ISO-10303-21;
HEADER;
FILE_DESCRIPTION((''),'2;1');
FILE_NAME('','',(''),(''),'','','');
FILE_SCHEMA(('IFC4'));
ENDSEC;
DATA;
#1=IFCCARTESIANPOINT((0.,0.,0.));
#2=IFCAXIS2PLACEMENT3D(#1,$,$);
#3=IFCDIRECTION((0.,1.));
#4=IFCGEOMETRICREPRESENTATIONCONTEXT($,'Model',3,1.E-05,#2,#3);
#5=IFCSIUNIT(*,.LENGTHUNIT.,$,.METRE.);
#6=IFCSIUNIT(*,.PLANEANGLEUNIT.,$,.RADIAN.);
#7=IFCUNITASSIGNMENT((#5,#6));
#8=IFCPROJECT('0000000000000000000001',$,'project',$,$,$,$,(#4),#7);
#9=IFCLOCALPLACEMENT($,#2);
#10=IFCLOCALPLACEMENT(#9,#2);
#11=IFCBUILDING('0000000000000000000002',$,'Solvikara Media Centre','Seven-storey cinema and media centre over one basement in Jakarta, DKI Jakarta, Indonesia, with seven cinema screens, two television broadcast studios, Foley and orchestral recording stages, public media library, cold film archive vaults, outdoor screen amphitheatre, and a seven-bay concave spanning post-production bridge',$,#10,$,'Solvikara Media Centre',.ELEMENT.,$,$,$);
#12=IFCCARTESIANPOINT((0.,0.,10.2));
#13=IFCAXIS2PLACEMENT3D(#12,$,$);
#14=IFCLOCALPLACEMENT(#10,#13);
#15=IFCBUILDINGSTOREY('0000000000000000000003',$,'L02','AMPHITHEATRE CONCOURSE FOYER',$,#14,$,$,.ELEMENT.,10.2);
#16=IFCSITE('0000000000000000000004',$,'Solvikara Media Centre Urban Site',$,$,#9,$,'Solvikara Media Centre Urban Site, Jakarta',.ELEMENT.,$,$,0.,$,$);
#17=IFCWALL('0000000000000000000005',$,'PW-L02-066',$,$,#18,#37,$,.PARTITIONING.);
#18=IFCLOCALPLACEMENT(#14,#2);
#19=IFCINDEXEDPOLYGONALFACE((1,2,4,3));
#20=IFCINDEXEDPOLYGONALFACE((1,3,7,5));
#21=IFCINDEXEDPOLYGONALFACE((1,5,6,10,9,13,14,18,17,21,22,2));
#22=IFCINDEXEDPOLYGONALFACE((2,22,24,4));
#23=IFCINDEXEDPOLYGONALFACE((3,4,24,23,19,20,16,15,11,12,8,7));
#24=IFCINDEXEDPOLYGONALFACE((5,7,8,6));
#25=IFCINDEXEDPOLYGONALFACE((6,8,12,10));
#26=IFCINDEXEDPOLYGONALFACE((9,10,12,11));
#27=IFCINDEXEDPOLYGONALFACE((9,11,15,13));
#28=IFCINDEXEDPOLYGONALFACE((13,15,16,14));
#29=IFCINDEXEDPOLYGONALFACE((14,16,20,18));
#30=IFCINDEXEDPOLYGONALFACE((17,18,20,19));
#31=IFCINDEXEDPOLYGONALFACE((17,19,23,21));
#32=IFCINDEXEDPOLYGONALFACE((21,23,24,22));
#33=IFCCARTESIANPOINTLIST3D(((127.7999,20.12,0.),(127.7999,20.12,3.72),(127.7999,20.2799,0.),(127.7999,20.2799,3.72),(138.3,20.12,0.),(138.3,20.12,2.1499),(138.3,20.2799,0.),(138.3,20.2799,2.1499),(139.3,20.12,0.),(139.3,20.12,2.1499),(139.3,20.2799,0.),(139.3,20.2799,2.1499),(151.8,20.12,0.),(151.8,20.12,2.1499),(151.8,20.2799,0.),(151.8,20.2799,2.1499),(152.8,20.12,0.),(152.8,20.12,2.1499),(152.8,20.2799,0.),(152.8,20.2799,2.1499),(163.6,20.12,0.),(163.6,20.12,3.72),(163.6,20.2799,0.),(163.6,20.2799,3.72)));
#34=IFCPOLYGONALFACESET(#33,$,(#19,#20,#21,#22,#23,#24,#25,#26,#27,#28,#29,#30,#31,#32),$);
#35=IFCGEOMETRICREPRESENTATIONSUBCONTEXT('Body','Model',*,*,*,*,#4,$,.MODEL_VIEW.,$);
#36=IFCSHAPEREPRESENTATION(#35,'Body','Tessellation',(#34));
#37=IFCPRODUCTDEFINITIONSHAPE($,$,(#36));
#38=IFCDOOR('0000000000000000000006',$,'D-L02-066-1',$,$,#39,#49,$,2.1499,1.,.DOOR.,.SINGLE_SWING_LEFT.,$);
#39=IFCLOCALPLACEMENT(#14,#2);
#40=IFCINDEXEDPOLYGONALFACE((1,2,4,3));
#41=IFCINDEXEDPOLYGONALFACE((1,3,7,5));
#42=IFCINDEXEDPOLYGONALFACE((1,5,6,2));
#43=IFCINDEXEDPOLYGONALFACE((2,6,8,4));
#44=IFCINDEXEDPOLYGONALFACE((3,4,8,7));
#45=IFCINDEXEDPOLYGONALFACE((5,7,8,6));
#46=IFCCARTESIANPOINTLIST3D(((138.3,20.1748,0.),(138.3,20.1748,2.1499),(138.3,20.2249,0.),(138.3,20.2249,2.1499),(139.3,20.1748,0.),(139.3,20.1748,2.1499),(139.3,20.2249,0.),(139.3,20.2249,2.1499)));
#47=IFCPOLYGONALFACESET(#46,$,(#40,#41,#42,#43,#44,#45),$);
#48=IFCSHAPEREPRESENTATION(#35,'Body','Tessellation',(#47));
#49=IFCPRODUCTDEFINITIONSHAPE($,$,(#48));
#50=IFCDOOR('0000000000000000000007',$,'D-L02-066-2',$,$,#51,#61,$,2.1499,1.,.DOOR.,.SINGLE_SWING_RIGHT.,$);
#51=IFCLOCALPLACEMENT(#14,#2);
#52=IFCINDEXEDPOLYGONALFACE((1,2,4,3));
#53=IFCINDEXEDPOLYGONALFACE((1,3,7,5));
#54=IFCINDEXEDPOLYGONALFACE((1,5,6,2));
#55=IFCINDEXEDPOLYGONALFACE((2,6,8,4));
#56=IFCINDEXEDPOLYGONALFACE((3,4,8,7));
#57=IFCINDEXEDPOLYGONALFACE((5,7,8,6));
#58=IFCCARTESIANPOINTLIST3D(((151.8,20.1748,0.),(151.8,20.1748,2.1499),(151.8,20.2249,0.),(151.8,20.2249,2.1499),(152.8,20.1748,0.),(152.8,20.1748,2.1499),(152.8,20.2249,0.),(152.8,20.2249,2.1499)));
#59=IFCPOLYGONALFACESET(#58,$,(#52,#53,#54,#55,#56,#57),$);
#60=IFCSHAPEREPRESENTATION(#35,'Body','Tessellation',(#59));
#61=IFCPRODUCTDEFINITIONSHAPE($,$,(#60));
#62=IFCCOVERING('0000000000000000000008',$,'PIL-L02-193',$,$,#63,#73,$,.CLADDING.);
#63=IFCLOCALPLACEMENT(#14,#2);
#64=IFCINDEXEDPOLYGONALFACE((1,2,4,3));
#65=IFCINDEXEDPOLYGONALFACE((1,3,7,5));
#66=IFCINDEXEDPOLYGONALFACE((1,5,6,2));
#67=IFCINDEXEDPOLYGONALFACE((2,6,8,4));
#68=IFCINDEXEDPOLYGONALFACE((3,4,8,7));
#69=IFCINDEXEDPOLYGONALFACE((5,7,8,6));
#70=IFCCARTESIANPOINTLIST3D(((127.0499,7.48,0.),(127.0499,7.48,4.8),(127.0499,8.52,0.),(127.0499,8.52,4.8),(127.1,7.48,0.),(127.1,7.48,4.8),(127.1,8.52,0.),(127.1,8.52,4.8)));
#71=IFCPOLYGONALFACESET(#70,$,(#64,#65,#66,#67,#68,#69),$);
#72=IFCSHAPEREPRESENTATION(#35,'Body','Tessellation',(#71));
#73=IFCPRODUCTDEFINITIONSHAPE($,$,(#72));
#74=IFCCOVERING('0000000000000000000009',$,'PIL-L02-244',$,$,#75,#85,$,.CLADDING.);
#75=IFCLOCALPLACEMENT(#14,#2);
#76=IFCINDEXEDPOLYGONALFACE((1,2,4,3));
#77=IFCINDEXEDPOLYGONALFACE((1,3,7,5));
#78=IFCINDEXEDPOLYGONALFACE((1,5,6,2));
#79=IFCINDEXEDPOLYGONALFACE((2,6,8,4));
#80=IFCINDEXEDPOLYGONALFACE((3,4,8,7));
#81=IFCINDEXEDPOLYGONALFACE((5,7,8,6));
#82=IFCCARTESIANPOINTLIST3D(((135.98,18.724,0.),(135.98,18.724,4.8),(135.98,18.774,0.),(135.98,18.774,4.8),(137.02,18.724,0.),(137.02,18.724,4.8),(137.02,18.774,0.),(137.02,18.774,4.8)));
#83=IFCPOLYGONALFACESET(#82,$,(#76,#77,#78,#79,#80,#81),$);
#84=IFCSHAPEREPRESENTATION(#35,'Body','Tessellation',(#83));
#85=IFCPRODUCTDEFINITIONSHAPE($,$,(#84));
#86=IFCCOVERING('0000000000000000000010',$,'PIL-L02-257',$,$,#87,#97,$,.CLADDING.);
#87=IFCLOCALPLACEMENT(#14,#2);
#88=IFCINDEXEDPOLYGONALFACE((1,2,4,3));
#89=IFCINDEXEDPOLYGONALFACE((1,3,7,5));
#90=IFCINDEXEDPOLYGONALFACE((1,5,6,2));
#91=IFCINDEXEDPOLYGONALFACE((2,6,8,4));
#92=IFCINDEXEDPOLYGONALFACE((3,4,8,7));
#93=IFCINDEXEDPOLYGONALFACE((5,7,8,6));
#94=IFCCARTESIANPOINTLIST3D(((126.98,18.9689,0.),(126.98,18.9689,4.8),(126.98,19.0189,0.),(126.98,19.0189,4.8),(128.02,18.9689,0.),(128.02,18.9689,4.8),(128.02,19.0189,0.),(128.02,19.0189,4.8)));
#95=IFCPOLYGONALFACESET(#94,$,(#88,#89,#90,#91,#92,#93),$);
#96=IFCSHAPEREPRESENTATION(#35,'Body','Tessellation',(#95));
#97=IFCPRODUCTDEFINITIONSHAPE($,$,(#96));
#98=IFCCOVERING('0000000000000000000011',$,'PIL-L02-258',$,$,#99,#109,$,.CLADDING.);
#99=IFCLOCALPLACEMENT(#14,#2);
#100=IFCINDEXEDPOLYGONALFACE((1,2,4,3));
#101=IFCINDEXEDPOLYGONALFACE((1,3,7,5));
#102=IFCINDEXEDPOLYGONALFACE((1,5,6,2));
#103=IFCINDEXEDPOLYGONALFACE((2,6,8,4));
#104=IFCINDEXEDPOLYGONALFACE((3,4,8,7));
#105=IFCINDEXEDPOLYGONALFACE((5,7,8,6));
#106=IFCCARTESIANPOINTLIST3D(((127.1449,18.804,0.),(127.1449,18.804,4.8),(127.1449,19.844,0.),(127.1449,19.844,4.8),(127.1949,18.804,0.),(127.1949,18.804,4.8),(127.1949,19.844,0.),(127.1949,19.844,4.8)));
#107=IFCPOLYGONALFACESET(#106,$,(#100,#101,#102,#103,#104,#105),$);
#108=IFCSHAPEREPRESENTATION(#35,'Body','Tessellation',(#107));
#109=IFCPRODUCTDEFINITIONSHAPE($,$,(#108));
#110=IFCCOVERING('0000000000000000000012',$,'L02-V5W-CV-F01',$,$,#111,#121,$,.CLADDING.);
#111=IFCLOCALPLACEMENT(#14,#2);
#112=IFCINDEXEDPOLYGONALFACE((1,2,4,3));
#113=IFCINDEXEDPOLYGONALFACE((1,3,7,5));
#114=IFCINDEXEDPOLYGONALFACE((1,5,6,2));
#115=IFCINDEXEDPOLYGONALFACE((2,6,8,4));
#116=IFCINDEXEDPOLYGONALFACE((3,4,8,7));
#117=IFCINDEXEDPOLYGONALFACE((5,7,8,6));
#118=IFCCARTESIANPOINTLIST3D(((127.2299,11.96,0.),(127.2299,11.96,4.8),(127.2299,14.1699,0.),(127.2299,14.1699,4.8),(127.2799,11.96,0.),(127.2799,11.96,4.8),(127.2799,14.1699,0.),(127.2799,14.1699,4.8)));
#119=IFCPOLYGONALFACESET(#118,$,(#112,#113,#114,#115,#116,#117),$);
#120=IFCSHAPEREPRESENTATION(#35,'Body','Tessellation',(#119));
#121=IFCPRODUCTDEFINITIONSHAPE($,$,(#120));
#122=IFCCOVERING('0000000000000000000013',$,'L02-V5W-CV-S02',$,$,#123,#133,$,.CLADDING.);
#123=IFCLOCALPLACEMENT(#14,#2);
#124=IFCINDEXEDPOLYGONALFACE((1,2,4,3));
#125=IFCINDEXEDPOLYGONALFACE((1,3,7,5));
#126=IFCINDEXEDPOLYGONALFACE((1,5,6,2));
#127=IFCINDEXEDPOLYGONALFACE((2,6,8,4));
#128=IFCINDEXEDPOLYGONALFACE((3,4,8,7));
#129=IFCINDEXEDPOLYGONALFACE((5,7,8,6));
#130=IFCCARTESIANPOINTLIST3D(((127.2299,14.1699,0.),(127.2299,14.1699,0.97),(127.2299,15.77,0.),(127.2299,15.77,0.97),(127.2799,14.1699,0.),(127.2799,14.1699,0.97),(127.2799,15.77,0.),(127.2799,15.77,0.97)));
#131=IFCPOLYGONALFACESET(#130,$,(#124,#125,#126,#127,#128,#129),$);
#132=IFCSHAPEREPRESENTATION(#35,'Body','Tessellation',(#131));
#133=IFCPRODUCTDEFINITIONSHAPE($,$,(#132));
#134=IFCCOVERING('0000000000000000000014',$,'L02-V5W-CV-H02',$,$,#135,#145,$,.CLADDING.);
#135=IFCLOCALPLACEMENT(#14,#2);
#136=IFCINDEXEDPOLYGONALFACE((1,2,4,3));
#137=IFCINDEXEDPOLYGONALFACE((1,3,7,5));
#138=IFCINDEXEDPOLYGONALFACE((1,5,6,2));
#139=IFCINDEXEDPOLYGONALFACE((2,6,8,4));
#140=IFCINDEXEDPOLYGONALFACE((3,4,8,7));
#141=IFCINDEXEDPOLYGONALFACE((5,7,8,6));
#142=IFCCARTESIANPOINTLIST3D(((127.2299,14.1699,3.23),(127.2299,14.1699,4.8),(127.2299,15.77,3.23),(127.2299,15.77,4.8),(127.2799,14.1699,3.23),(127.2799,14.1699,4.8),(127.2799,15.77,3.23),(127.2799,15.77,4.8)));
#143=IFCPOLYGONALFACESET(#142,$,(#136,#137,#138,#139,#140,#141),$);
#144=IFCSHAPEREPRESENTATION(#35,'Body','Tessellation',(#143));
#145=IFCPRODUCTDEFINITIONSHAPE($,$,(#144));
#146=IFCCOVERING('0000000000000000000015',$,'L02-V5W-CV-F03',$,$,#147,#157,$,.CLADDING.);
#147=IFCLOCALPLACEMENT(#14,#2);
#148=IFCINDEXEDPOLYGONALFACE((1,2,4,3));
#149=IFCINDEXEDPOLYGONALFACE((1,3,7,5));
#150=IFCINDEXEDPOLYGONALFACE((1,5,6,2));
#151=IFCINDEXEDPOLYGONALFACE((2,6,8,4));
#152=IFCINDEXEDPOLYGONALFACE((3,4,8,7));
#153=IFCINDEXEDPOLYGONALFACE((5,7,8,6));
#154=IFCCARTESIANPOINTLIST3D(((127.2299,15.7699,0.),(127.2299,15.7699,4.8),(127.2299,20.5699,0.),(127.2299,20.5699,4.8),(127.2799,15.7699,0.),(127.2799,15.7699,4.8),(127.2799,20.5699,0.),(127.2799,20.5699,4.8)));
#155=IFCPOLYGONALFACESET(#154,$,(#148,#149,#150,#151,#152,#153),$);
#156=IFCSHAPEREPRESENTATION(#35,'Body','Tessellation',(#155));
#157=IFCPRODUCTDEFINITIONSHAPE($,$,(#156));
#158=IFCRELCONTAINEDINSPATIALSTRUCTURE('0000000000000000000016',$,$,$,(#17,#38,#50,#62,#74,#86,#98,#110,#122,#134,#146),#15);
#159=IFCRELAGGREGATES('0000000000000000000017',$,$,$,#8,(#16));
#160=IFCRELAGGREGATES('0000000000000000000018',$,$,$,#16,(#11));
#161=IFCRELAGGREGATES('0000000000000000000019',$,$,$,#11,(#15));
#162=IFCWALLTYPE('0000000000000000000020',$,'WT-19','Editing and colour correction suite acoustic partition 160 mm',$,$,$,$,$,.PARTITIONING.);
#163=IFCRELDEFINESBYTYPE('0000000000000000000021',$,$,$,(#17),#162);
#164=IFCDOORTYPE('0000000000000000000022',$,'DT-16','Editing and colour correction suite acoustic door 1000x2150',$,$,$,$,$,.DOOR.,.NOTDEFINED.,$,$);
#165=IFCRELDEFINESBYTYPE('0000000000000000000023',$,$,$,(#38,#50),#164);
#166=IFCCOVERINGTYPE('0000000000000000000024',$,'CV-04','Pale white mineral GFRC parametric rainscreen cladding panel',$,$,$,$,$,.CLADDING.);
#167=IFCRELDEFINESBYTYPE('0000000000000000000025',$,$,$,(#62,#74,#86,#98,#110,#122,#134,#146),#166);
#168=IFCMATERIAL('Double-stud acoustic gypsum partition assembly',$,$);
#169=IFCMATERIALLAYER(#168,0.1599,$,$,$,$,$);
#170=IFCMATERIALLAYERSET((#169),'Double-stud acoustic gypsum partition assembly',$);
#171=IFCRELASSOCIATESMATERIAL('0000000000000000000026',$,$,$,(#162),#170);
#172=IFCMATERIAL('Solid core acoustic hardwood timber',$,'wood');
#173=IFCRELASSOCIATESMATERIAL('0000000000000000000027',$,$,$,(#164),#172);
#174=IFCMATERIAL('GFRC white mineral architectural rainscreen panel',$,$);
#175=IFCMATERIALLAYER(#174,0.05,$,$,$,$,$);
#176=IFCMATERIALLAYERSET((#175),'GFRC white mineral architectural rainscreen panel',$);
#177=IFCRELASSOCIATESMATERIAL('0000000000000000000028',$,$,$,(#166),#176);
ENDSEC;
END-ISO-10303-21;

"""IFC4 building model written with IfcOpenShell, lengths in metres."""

from ifc_helpers import new_model, si_unit, direction, frame, frame_2d, origin, origin_2d, place, context, subcontext, project, spatial, rectangle, extrude, material, layer, layer_set, type_object, element, fill, save


model = new_model("IFC4")

# Units and contexts
model_context = context("Model", 3, precision=1e-05, world=origin(), true_north=direction((0.0, 1.0)))
body_context = subcontext(model_context, "Body", "Model", "MODEL_VIEW")
ifc_project = project(units=[si_unit("LENGTHUNIT", "METRE"), si_unit("PLANEANGLEUNIT", "RADIAN")], contexts=[model_context])

# Site, building, storey
site_placement = place(None, origin())
site = spatial("IfcSite", under=ifc_project, at=site_placement, Name="Solvikara Media Centre Urban Site", LongName="Solvikara Media Centre Urban Site, Jakarta", CompositionType="ELEMENT", RefElevation=0.0)
building_placement = place(site_placement, origin())
building = spatial("IfcBuilding", under=site, at=building_placement, Name="Solvikara Media Centre", Description="Seven-storey cinema and media centre over one basement in Jakarta, DKI Jakarta, Indonesia, with seven cinema screens, two television broadcast studios, Foley and orchestral recording stages, public media library, cold film archive vaults, outdoor screen amphitheatre, and a seven-bay concave spanning post-production bridge", LongName="Solvikara Media Centre", CompositionType="ELEMENT")
storey_placement = place(building_placement, frame((0.0, 0.0, 10.2)))
storey = spatial("IfcBuildingStorey", under=building, at=storey_placement, Name="L02", Description="AMPHITHEATRE CONCOURSE FOYER", CompositionType="ELEMENT", Elevation=10.2)

# Wall, openings, doors
ifc_material_1 = material(Name="Double-stud acoustic gypsum partition assembly")
ifc_layer_1 = layer(ifc_material_1, 0.1599)
ifc_layer_set_1 = layer_set([ifc_layer_1], Name="Double-stud acoustic gypsum partition assembly")
wall_type_1 = type_object("IfcWallType", Name="WT-19", Description="Editing and colour correction suite acoustic partition 160 mm", PredefinedType="PARTITIONING", material=ifc_layer_set_1)
wall_1_placement = place(storey_placement, frame((127.8, 20.2, 0.0), z_axis=(0.0, 0.0, 1.0), x_axis=(1.0, 0.0, 0.0)))
wall_1 = element("IfcWall", 1, at=wall_1_placement, inside=storey, type_object=wall_type_1, Name="PW-L02-066", PredefinedType="PARTITIONING", context=body_context, shape_type="SweptSolid", body=[
    extrude(rectangle(XDim=35.8, YDim=0.1599, at=frame_2d((17.8999, 0.0))), origin(), (0.0, 0.0, 1.0), 3.72),
])
opening_1_placement = place(wall_1_placement, frame((10.5, 0.0, 0.0)))
opening_1 = element("IfcOpeningElement", 2, at=opening_1_placement, cuts=wall_1, PredefinedType="OPENING", context=body_context, shape_type="SweptSolid", body=[
    extrude(rectangle(XDim=1.0, YDim=2.1499, at=frame_2d((0.5, 1.075))), frame((0.0, 0.0918, 0.0), z_axis=(0.0, -1.0, 0.0), x_axis=(1.0, 0.0, 0.0)), (0.0, 0.0, 1.0), 0.1838),
])
opening_2_placement = place(wall_1_placement, frame((24.0, 0.0, 0.0)))
opening_2 = element("IfcOpeningElement", 3, at=opening_2_placement, cuts=wall_1, PredefinedType="OPENING", context=body_context, shape_type="SweptSolid", body=[
    extrude(rectangle(XDim=1.0, YDim=2.1499, at=frame_2d((0.5, 1.075))), frame((0.0, 0.0918, 0.0), z_axis=(0.0, -1.0, 0.0), x_axis=(1.0, 0.0, 0.0)), (0.0, 0.0, 1.0), 0.1838),
])
ifc_material_2 = material(Name="Solid core acoustic hardwood timber", Category="wood")
door_type = type_object("IfcDoorType", Name="DT-16", Description="Editing and colour correction suite acoustic door 1000x2150", OperationType="NOTDEFINED", PredefinedType="DOOR", material=ifc_material_2)
door_1_placement = place(opening_1_placement, origin())
door_1 = element("IfcDoor", 4, at=door_1_placement, inside=storey, type_object=door_type, Name="D-L02-066-1", OperationType="SINGLE_SWING_LEFT", OverallHeight=2.1499, OverallWidth=1.0, PredefinedType="DOOR", context=body_context, shape_type="SweptSolid", body=[
    extrude(rectangle(XDim=1.0, YDim=2.1499, at=frame_2d((0.5, 1.075))), frame((0.0, 0.0249, 0.0), z_axis=(0.0, -1.0, 0.0), x_axis=(1.0, 0.0, 0.0)), (0.0, 0.0, 1.0), 0.05),
])
fill(opening_1, door_1)
door_2_placement = place(opening_2_placement, origin())
door_2 = element("IfcDoor", 5, at=door_2_placement, inside=storey, type_object=door_type, Name="D-L02-066-2", OperationType="SINGLE_SWING_RIGHT", OverallHeight=2.1499, OverallWidth=1.0, PredefinedType="DOOR", context=body_context, shape_type="SweptSolid", body=[
    extrude(rectangle(XDim=1.0, YDim=2.1499, at=frame_2d((0.5, 1.075))), frame((0.0, 0.0249, 0.0), z_axis=(0.0, -1.0, 0.0), x_axis=(1.0, 0.0, 0.0)), (0.0, 0.0, 1.0), 0.05),
])
fill(opening_2, door_2)

# Coverings
ifc_material_3 = material(Name="GFRC white mineral architectural rainscreen panel")
ifc_layer_2 = layer(ifc_material_3, 0.05)
ifc_layer_set_2 = layer_set([ifc_layer_2], Name="GFRC white mineral architectural rainscreen panel")
covering_type = type_object("IfcCoveringType", Name="CV-04", Description="Pale white mineral GFRC parametric rainscreen cladding panel", PredefinedType="CLADDING", material=ifc_layer_set_2)
for number, where, z_axis, x_axis, name in (
    (6, (127.075, 8.0, 0.0), (0.0, 0.0, 1.0), (0.0, -1.0, 0.0), "PIL-L02-193"),
    (7, (136.5, 18.749, 0.0), (0.0, 0.0, 1.0), (1.0, 0.0, 0.0), "PIL-L02-244"),
    (8, (127.5, 18.9939, 0.0), (0.0, 0.0, 1.0), (1.0, 0.0, 0.0), "PIL-L02-257"),
    (9, (127.1699, 19.324, 0.0), (0.0, 0.0, 1.0), (0.0, -1.0, 0.0), "PIL-L02-258"),
):
    element("IfcCovering", number, at=place(storey_placement, frame(where, z_axis=z_axis, x_axis=x_axis)), inside=storey, type_object=covering_type, Name=name, PredefinedType="CLADDING", context=body_context, shape_type="SweptSolid", body=[
        extrude(rectangle(XDim=1.04, YDim=0.05, at=origin_2d()), origin(), (0.0, 0.0, 1.0), 4.8),
    ])
covering_1_placement = place(storey_placement, frame((127.2549, 13.0649, 0.0), z_axis=(0.0, 0.0, 1.0), x_axis=(0.0, 1.0, 0.0)))
element("IfcCovering", 10, at=covering_1_placement, inside=storey, type_object=covering_type, Name="L02-V5W-CV-F01", PredefinedType="CLADDING", context=body_context, shape_type="SweptSolid", body=[
    extrude(rectangle(XDim=2.21, YDim=0.05, at=origin_2d()), origin(), (0.0, 0.0, 1.0), 4.8),
])
covering_2_placement = place(storey_placement, frame((127.2549, 14.97, 0.0), z_axis=(0.0, 0.0, 1.0), x_axis=(0.0, 1.0, 0.0)))
element("IfcCovering", 11, at=covering_2_placement, inside=storey, type_object=covering_type, Name="L02-V5W-CV-S02", PredefinedType="CLADDING", context=body_context, shape_type="SweptSolid", body=[
    extrude(rectangle(XDim=1.6001, YDim=0.05, at=origin_2d()), origin(), (0.0, 0.0, 1.0), 0.97),
])
covering_3_placement = place(storey_placement, frame((127.2549, 14.97, 3.23), z_axis=(0.0, 0.0, 1.0), x_axis=(0.0, 1.0, 0.0)))
element("IfcCovering", 12, at=covering_3_placement, inside=storey, type_object=covering_type, Name="L02-V5W-CV-H02", PredefinedType="CLADDING", context=body_context, shape_type="SweptSolid", body=[
    extrude(rectangle(XDim=1.6001, YDim=0.05, at=origin_2d()), origin(), (0.0, 0.0, 1.0), 1.5701),
])
covering_4_placement = place(storey_placement, frame((127.2549, 18.1699, 0.0), z_axis=(0.0, 0.0, 1.0), x_axis=(0.0, 1.0, 0.0)))
element("IfcCovering", 13, at=covering_4_placement, inside=storey, type_object=covering_type, Name="L02-V5W-CV-F03", PredefinedType="CLADDING", context=body_context, shape_type="SweptSolid", body=[
    extrude(rectangle(XDim=4.8, YDim=0.05, at=origin_2d()), origin(), (0.0, 0.0, 1.0), 4.8),
])

save(model, "model.ifc")
